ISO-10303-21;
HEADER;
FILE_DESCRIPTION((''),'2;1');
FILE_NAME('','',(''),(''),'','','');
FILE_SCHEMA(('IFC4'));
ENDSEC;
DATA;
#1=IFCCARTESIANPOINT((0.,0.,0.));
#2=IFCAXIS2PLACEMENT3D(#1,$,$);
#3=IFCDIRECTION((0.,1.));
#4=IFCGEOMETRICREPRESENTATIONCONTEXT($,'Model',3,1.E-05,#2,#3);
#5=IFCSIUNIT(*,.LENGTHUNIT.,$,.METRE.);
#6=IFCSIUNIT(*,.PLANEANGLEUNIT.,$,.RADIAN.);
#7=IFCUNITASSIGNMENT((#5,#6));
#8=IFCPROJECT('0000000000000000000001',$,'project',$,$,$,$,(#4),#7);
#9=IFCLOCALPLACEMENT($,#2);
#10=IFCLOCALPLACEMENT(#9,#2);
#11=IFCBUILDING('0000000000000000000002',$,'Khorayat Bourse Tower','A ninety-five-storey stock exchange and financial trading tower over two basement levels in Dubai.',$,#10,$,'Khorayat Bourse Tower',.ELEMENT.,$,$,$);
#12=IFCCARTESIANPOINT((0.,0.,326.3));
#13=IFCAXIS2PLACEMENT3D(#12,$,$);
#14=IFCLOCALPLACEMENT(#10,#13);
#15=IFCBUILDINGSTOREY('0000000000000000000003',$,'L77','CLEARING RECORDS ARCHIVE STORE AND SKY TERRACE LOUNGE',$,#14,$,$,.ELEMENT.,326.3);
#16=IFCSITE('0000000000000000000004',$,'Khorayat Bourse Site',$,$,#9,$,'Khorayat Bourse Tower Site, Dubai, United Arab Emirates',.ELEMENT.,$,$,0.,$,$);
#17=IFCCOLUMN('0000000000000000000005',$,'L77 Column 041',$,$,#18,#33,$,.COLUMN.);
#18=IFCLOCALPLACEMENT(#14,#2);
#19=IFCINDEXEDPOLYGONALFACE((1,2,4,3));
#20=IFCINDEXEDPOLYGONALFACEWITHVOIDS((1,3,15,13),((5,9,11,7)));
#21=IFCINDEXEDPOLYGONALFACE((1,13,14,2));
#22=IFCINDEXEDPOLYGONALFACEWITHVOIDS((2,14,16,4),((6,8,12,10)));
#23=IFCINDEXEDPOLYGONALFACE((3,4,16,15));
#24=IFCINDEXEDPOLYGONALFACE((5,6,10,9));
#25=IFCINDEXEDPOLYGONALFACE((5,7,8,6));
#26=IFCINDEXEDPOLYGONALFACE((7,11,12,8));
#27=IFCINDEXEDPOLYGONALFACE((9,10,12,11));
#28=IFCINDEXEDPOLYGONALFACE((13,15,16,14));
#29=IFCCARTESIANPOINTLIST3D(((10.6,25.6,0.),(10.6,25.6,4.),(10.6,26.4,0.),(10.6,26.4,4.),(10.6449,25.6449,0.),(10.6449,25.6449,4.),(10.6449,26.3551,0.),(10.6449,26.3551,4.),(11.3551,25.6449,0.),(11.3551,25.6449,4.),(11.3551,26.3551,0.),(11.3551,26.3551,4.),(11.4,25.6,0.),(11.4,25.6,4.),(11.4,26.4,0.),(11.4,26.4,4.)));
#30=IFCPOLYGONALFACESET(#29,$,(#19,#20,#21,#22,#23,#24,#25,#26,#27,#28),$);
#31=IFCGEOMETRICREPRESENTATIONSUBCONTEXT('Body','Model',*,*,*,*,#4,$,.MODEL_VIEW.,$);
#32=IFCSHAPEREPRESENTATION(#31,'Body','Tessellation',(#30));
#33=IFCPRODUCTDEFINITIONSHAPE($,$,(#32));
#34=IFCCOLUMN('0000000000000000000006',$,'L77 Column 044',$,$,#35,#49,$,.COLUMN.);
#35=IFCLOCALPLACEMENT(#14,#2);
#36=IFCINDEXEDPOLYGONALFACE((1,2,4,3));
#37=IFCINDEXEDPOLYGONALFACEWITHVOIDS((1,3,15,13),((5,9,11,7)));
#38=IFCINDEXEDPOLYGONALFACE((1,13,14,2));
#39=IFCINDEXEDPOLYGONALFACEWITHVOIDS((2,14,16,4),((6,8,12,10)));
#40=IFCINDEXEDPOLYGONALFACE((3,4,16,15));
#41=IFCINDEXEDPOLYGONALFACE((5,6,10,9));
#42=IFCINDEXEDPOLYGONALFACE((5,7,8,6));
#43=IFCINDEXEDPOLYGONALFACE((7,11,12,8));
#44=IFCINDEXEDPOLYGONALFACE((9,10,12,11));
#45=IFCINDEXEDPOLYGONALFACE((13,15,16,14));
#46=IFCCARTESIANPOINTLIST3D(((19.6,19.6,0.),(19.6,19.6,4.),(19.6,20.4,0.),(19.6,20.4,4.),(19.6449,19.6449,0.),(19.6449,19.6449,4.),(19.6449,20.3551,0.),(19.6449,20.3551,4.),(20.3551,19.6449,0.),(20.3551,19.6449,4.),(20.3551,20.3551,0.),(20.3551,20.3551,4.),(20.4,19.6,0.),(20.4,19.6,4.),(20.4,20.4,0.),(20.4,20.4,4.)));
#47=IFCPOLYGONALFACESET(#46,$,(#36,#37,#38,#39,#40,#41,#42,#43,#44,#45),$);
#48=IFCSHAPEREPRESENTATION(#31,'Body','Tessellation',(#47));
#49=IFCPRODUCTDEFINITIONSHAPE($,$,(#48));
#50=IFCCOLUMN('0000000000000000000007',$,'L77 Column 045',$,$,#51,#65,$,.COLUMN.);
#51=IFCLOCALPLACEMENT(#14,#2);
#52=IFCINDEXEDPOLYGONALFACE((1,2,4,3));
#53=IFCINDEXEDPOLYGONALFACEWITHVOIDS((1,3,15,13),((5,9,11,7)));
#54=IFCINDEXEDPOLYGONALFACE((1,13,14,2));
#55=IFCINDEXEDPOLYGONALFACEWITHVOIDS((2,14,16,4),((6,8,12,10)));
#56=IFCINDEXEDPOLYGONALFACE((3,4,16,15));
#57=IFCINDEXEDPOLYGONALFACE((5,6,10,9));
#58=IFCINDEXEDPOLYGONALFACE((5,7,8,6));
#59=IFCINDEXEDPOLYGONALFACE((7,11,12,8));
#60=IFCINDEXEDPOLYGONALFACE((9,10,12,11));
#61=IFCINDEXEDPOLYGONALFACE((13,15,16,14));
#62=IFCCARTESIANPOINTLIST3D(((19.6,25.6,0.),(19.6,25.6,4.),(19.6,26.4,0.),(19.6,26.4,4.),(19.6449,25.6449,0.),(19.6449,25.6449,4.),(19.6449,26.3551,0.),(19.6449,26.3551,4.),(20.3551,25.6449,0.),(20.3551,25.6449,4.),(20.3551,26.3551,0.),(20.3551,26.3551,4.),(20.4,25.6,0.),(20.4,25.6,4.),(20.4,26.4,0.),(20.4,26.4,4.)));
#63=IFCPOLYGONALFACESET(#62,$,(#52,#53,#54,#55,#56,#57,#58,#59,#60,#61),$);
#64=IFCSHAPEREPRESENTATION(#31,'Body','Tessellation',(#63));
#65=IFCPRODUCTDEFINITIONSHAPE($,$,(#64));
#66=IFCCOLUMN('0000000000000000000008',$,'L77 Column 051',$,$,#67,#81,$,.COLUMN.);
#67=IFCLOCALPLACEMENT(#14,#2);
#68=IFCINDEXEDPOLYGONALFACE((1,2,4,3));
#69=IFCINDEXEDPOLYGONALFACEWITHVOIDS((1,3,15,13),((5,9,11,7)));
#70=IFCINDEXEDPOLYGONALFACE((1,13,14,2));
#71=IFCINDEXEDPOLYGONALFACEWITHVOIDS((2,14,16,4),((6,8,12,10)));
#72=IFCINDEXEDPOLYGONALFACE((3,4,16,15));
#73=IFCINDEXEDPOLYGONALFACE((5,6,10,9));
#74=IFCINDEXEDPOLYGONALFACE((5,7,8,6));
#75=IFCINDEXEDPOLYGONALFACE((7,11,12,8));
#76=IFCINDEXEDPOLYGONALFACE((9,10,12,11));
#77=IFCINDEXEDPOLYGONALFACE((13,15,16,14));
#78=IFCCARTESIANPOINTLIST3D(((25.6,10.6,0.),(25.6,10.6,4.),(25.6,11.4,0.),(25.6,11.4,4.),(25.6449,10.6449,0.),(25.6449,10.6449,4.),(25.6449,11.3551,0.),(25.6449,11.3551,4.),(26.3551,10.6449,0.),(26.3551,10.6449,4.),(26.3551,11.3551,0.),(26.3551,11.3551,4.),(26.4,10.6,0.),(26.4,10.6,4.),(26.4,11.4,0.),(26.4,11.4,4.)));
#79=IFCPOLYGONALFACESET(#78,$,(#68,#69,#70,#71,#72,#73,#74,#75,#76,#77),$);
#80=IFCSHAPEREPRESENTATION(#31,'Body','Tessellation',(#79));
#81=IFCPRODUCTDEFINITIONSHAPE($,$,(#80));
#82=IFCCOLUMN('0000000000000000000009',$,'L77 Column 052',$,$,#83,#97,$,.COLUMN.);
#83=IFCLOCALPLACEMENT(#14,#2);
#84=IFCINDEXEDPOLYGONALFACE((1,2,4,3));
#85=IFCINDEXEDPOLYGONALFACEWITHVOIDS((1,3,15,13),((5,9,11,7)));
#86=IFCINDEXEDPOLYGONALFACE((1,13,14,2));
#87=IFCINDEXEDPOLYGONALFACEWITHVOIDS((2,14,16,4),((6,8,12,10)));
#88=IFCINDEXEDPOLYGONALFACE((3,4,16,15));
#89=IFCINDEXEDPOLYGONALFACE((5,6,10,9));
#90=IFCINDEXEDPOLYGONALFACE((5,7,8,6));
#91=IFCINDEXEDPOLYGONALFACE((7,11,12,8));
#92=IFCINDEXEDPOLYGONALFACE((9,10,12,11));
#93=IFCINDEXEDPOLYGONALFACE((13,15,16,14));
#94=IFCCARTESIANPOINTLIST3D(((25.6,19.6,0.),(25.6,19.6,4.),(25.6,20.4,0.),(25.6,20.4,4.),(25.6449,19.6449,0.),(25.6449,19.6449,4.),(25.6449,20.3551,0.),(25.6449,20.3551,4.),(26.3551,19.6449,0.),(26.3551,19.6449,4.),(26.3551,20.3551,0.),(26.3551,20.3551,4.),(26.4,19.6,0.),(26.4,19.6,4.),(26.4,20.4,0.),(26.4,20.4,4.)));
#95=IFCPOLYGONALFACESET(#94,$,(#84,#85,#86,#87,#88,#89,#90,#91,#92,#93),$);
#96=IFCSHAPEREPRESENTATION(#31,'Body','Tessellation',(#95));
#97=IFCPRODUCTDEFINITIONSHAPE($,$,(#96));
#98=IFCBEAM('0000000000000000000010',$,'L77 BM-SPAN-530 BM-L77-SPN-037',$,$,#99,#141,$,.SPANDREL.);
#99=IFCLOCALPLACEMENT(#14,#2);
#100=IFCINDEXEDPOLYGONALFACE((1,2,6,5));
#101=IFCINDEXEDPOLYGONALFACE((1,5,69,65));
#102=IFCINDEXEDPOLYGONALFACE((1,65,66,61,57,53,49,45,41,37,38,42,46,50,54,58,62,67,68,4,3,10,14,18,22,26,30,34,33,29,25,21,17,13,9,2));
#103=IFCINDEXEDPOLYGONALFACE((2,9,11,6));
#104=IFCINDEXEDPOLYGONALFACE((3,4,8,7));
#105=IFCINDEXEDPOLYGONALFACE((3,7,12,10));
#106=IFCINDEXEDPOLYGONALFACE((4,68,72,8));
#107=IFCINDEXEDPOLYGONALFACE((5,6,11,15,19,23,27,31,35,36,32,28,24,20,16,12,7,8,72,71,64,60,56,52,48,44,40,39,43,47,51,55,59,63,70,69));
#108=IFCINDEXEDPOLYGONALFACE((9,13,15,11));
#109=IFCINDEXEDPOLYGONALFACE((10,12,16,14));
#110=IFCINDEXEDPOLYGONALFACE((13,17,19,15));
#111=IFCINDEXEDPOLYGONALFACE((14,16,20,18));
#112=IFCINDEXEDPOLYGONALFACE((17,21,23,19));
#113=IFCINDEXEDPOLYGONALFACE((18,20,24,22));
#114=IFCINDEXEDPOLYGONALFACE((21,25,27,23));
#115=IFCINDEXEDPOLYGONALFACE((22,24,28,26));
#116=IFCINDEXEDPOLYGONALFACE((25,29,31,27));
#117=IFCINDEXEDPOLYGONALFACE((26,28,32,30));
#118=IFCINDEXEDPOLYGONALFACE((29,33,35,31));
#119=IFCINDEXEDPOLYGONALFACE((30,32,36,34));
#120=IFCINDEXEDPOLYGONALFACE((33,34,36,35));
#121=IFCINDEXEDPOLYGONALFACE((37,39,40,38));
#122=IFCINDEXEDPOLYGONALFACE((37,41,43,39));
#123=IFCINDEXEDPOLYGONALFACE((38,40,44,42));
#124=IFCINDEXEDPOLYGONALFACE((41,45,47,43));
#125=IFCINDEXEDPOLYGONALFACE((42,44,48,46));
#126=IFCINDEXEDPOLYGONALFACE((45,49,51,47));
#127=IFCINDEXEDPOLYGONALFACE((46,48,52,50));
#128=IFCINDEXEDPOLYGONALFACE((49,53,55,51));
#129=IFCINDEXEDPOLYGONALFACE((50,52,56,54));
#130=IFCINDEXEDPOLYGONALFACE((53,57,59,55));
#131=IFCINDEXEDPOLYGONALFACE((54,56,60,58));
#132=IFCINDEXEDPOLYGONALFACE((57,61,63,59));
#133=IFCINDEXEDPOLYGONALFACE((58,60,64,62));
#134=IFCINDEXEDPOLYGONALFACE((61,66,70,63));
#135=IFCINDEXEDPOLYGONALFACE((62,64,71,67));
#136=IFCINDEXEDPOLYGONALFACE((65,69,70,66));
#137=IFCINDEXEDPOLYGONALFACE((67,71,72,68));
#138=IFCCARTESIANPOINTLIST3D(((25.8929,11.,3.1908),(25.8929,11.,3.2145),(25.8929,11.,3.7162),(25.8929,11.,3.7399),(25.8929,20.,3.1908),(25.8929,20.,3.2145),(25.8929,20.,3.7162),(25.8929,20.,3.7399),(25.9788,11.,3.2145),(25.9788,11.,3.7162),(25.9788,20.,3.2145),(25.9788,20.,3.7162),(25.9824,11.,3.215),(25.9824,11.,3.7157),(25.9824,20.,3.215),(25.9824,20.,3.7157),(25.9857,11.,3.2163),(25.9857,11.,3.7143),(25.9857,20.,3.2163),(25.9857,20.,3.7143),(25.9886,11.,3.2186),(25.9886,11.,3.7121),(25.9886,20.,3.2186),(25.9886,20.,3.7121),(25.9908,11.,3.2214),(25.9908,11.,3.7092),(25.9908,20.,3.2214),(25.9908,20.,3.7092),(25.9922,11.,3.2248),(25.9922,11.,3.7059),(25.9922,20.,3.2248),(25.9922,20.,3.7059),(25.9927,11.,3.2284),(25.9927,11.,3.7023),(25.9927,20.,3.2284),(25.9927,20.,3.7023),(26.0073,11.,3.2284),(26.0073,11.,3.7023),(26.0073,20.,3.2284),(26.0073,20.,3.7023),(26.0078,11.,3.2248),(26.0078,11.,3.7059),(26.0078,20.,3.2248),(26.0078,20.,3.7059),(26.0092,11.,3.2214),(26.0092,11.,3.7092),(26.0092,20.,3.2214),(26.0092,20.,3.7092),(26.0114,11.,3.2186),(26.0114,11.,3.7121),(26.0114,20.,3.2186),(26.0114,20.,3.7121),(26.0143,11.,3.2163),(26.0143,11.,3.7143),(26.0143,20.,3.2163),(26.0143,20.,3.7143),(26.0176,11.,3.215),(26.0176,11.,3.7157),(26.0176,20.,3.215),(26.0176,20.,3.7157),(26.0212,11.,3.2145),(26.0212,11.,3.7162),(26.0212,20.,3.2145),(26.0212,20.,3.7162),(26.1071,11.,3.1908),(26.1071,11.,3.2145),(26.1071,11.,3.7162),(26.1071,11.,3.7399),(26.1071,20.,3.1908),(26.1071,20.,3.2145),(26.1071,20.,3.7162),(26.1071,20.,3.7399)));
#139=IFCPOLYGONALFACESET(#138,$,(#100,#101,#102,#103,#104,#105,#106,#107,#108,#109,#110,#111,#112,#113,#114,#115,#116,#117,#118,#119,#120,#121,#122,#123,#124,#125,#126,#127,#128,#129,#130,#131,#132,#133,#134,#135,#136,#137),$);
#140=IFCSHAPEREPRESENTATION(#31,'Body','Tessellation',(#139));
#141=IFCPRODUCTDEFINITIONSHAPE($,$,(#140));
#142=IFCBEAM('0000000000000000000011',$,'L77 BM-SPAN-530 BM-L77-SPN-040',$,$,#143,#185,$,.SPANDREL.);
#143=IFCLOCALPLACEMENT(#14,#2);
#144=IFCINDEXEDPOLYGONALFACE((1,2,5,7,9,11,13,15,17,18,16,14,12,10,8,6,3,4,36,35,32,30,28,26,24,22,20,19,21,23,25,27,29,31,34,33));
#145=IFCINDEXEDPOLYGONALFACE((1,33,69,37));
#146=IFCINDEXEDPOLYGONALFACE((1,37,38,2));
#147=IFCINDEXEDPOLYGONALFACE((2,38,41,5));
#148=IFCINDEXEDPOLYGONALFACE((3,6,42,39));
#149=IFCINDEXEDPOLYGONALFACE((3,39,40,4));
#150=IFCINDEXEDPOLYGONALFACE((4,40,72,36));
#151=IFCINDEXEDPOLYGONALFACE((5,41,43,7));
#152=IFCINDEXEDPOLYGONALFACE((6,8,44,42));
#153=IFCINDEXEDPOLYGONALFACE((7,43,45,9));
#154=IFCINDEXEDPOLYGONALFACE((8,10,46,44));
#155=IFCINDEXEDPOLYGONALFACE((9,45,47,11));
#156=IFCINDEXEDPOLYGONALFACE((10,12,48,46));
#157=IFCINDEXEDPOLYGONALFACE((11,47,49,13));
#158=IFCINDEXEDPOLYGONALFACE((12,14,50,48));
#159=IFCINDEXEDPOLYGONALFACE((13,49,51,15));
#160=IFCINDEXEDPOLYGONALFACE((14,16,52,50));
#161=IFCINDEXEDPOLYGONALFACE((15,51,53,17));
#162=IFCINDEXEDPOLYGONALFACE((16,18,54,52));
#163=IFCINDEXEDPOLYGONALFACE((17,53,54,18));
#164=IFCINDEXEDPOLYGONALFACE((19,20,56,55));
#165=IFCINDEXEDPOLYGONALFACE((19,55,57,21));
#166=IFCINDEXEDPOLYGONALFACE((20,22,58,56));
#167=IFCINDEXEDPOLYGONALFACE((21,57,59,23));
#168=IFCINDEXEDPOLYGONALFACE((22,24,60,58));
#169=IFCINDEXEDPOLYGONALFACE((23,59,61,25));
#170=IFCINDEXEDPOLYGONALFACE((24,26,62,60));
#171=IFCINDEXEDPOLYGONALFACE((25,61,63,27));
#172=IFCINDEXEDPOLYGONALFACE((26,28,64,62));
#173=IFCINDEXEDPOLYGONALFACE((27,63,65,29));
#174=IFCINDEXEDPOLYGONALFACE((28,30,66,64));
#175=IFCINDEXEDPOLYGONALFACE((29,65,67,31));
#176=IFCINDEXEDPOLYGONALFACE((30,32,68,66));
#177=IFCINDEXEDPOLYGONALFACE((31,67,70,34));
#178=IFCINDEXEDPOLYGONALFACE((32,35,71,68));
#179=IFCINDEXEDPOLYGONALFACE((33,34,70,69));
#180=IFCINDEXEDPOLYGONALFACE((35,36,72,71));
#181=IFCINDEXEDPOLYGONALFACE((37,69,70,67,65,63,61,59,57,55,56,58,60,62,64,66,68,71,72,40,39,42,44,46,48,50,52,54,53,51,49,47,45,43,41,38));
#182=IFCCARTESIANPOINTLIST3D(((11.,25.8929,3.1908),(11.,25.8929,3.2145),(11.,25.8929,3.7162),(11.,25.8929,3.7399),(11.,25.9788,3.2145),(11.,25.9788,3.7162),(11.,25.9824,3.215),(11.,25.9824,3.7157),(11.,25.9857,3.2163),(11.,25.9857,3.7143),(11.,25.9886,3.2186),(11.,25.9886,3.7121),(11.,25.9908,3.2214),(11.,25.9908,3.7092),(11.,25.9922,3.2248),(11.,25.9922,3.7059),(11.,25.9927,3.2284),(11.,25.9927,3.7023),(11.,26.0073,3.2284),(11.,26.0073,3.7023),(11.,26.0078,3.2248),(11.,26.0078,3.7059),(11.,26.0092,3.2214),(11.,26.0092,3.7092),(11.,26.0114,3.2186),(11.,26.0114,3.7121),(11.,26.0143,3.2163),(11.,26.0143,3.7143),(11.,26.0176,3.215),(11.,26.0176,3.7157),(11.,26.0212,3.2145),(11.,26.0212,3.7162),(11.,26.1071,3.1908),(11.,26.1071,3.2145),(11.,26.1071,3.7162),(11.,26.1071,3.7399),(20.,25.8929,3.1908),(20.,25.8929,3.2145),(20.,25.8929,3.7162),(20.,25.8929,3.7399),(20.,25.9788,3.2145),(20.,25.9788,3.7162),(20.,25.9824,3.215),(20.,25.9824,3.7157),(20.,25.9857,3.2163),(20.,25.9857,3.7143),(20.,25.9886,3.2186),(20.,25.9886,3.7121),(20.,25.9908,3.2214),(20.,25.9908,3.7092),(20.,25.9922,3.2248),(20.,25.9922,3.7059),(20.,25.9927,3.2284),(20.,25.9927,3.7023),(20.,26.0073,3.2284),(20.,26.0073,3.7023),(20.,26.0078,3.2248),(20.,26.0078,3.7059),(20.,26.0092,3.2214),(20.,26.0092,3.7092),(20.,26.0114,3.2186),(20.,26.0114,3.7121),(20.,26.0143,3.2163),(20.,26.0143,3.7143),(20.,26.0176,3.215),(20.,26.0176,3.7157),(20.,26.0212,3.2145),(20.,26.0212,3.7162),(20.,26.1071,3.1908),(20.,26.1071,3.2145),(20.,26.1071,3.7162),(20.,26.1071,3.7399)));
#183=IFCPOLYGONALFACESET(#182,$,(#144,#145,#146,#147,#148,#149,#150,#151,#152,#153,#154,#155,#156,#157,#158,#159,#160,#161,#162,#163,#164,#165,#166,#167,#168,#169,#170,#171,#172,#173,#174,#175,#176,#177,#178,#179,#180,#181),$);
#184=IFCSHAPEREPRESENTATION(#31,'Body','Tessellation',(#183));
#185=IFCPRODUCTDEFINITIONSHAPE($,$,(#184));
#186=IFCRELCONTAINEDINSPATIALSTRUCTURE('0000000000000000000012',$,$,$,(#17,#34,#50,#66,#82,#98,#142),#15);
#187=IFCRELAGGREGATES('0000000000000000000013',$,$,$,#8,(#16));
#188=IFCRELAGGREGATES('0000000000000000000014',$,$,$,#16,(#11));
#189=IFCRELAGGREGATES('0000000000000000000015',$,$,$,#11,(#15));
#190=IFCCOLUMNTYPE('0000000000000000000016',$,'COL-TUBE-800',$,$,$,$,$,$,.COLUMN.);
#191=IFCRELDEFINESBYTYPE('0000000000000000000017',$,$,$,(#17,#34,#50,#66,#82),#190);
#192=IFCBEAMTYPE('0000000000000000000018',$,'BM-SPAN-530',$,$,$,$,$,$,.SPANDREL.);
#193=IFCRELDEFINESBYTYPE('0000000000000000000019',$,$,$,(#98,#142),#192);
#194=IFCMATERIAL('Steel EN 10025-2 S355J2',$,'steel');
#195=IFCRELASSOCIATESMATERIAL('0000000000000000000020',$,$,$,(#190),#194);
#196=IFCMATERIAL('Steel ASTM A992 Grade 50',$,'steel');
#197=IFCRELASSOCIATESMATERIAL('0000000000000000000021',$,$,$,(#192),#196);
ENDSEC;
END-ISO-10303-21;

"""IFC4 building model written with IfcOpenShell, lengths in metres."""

from ifc_helpers import new_model, si_unit, direction, frame, origin, origin_2d, place, context, subcontext, project, spatial, hollow_rectangle, i_section, extrude, source, transform, mapped, material, material_profile, profile_set, type_object, element, save


model = new_model("IFC4")

# Units and contexts
model_context = context("Model", 3, precision=1e-05, world=origin(), true_north=direction((0.0, 1.0)))
body_context = subcontext(model_context, "Body", "Model", "MODEL_VIEW")
ifc_project = project(units=[si_unit("LENGTHUNIT", "METRE"), si_unit("PLANEANGLEUNIT", "RADIAN")], contexts=[model_context])

# Site, building, storey
site_placement = place(None, origin())
site = spatial("IfcSite", under=ifc_project, at=site_placement, Name="Khorayat Bourse Site", LongName="Khorayat Bourse Tower Site, Dubai, United Arab Emirates", CompositionType="ELEMENT", RefElevation=0.0)
building_placement = place(site_placement, origin())
building = spatial("IfcBuilding", under=site, at=building_placement, Name="Khorayat Bourse Tower", Description="A ninety-five-storey stock exchange and financial trading tower over two basement levels in Dubai.", LongName="Khorayat Bourse Tower", CompositionType="ELEMENT")
storey_placement = place(building_placement, frame((0.0, 0.0, 326.3)))
storey = spatial("IfcBuildingStorey", under=building, at=storey_placement, Name="L77", Description="CLEARING RECORDS ARCHIVE STORE AND SKY TERRACE LOUNGE", CompositionType="ELEMENT", Elevation=326.3)

# Columns
ifc_material_1 = material(Name="Steel EN 10025-2 S355J2", Category="steel")
ifc_material_profile_1 = material_profile(ifc_material_1, hollow_rectangle(XDim=0.8, YDim=0.8, WallThickness=0.0449, at=origin_2d()), Name="BOX 800x800x45")
ifc_profile_set_1 = profile_set([ifc_material_profile_1], Name="Steel EN 10025-2 S355J2")
column_type = type_object("IfcColumnType", Name="COL-TUBE-800", PredefinedType="COLUMN", material=ifc_profile_set_1)
shared_shape_1 = source(origin(), body_context, "Body", "SweptSolid", [
    extrude(hollow_rectangle(XDim=0.8, YDim=0.8, WallThickness=0.0449, at=origin_2d()), origin(), (0.0, 0.0, 1.0), 4.0),
])
for number, where, z_axis, x_axis, name in (
    (1, (11.0, 26.0, 0.0), (0.0, 0.0, 1.0), (1.0, 0.0, 0.0), "L77 Column 041"),
    (2, (20.0, 20.0, 0.0), (0.0, 0.0, 1.0), (1.0, 0.0, 0.0), "L77 Column 044"),
    (3, (20.0, 26.0, 0.0), (0.0, 0.0, 1.0), (1.0, 0.0, 0.0), "L77 Column 045"),
    (4, (26.0, 11.0, 0.0), (0.0, 0.0, 1.0), (1.0, 0.0, 0.0), "L77 Column 051"),
    (5, (26.0, 20.0, 0.0), (0.0, 0.0, 1.0), (1.0, 0.0, 0.0), "L77 Column 052"),
):
    element("IfcColumn", number, at=place(storey_placement, frame(where, z_axis=z_axis, x_axis=x_axis)), inside=storey, type_object=column_type, Name=name, PredefinedType="COLUMN", context=body_context, shape_type="MappedRepresentation", body=[
        mapped(shared_shape_1, transform((0.0, 0.0, 0.0), scale=1.0)),
    ])

# Beams
ifc_material_2 = material(Name="Steel ASTM A992 Grade 50", Category="steel")
ifc_material_profile_2 = material_profile(ifc_material_2, i_section(OverallWidth=0.2141, OverallDepth=0.5491, WebThickness=0.0146, FlangeThickness=0.0237, FilletRadius=0.0139, at=origin_2d()), Name="W530X138")
ifc_profile_set_2 = profile_set([ifc_material_profile_2], Name="Steel ASTM A992 Grade 50")
beam_type_1 = type_object("IfcBeamType", Name="BM-SPAN-530", PredefinedType="SPANDREL", material=ifc_profile_set_2)
shared_shape_2 = source(origin(), body_context, "Body", "SweptSolid", [
    extrude(i_section(OverallWidth=0.2141, OverallDepth=0.5491, WebThickness=0.0146, FlangeThickness=0.0237, FilletRadius=0.0139, at=origin_2d()), origin(), (0.0, 0.0, 1.0), 9.0),
])
for number, where, z_axis, x_axis, name in (
    (6, (26.0, 11.0, 3.4653), (0.0, 1.0, 0.0), (-1.0, 0.0, 0.0), "L77 BM-SPAN-530 BM-L77-SPN-037"),
    (7, (11.0, 26.0, 3.4653), (1.0, 0.0, 0.0), (0.0, 1.0, 0.0), "L77 BM-SPAN-530 BM-L77-SPN-040"),
):
    element("IfcBeam", number, at=place(storey_placement, frame(where, z_axis=z_axis, x_axis=x_axis)), inside=storey, type_object=beam_type_1, Name=name, PredefinedType="SPANDREL", context=body_context, shape_type="MappedRepresentation", body=[
        mapped(shared_shape_2, transform((0.0, 0.0, 0.0), scale=1.0)),
    ])

save(model, "model.ifc")
